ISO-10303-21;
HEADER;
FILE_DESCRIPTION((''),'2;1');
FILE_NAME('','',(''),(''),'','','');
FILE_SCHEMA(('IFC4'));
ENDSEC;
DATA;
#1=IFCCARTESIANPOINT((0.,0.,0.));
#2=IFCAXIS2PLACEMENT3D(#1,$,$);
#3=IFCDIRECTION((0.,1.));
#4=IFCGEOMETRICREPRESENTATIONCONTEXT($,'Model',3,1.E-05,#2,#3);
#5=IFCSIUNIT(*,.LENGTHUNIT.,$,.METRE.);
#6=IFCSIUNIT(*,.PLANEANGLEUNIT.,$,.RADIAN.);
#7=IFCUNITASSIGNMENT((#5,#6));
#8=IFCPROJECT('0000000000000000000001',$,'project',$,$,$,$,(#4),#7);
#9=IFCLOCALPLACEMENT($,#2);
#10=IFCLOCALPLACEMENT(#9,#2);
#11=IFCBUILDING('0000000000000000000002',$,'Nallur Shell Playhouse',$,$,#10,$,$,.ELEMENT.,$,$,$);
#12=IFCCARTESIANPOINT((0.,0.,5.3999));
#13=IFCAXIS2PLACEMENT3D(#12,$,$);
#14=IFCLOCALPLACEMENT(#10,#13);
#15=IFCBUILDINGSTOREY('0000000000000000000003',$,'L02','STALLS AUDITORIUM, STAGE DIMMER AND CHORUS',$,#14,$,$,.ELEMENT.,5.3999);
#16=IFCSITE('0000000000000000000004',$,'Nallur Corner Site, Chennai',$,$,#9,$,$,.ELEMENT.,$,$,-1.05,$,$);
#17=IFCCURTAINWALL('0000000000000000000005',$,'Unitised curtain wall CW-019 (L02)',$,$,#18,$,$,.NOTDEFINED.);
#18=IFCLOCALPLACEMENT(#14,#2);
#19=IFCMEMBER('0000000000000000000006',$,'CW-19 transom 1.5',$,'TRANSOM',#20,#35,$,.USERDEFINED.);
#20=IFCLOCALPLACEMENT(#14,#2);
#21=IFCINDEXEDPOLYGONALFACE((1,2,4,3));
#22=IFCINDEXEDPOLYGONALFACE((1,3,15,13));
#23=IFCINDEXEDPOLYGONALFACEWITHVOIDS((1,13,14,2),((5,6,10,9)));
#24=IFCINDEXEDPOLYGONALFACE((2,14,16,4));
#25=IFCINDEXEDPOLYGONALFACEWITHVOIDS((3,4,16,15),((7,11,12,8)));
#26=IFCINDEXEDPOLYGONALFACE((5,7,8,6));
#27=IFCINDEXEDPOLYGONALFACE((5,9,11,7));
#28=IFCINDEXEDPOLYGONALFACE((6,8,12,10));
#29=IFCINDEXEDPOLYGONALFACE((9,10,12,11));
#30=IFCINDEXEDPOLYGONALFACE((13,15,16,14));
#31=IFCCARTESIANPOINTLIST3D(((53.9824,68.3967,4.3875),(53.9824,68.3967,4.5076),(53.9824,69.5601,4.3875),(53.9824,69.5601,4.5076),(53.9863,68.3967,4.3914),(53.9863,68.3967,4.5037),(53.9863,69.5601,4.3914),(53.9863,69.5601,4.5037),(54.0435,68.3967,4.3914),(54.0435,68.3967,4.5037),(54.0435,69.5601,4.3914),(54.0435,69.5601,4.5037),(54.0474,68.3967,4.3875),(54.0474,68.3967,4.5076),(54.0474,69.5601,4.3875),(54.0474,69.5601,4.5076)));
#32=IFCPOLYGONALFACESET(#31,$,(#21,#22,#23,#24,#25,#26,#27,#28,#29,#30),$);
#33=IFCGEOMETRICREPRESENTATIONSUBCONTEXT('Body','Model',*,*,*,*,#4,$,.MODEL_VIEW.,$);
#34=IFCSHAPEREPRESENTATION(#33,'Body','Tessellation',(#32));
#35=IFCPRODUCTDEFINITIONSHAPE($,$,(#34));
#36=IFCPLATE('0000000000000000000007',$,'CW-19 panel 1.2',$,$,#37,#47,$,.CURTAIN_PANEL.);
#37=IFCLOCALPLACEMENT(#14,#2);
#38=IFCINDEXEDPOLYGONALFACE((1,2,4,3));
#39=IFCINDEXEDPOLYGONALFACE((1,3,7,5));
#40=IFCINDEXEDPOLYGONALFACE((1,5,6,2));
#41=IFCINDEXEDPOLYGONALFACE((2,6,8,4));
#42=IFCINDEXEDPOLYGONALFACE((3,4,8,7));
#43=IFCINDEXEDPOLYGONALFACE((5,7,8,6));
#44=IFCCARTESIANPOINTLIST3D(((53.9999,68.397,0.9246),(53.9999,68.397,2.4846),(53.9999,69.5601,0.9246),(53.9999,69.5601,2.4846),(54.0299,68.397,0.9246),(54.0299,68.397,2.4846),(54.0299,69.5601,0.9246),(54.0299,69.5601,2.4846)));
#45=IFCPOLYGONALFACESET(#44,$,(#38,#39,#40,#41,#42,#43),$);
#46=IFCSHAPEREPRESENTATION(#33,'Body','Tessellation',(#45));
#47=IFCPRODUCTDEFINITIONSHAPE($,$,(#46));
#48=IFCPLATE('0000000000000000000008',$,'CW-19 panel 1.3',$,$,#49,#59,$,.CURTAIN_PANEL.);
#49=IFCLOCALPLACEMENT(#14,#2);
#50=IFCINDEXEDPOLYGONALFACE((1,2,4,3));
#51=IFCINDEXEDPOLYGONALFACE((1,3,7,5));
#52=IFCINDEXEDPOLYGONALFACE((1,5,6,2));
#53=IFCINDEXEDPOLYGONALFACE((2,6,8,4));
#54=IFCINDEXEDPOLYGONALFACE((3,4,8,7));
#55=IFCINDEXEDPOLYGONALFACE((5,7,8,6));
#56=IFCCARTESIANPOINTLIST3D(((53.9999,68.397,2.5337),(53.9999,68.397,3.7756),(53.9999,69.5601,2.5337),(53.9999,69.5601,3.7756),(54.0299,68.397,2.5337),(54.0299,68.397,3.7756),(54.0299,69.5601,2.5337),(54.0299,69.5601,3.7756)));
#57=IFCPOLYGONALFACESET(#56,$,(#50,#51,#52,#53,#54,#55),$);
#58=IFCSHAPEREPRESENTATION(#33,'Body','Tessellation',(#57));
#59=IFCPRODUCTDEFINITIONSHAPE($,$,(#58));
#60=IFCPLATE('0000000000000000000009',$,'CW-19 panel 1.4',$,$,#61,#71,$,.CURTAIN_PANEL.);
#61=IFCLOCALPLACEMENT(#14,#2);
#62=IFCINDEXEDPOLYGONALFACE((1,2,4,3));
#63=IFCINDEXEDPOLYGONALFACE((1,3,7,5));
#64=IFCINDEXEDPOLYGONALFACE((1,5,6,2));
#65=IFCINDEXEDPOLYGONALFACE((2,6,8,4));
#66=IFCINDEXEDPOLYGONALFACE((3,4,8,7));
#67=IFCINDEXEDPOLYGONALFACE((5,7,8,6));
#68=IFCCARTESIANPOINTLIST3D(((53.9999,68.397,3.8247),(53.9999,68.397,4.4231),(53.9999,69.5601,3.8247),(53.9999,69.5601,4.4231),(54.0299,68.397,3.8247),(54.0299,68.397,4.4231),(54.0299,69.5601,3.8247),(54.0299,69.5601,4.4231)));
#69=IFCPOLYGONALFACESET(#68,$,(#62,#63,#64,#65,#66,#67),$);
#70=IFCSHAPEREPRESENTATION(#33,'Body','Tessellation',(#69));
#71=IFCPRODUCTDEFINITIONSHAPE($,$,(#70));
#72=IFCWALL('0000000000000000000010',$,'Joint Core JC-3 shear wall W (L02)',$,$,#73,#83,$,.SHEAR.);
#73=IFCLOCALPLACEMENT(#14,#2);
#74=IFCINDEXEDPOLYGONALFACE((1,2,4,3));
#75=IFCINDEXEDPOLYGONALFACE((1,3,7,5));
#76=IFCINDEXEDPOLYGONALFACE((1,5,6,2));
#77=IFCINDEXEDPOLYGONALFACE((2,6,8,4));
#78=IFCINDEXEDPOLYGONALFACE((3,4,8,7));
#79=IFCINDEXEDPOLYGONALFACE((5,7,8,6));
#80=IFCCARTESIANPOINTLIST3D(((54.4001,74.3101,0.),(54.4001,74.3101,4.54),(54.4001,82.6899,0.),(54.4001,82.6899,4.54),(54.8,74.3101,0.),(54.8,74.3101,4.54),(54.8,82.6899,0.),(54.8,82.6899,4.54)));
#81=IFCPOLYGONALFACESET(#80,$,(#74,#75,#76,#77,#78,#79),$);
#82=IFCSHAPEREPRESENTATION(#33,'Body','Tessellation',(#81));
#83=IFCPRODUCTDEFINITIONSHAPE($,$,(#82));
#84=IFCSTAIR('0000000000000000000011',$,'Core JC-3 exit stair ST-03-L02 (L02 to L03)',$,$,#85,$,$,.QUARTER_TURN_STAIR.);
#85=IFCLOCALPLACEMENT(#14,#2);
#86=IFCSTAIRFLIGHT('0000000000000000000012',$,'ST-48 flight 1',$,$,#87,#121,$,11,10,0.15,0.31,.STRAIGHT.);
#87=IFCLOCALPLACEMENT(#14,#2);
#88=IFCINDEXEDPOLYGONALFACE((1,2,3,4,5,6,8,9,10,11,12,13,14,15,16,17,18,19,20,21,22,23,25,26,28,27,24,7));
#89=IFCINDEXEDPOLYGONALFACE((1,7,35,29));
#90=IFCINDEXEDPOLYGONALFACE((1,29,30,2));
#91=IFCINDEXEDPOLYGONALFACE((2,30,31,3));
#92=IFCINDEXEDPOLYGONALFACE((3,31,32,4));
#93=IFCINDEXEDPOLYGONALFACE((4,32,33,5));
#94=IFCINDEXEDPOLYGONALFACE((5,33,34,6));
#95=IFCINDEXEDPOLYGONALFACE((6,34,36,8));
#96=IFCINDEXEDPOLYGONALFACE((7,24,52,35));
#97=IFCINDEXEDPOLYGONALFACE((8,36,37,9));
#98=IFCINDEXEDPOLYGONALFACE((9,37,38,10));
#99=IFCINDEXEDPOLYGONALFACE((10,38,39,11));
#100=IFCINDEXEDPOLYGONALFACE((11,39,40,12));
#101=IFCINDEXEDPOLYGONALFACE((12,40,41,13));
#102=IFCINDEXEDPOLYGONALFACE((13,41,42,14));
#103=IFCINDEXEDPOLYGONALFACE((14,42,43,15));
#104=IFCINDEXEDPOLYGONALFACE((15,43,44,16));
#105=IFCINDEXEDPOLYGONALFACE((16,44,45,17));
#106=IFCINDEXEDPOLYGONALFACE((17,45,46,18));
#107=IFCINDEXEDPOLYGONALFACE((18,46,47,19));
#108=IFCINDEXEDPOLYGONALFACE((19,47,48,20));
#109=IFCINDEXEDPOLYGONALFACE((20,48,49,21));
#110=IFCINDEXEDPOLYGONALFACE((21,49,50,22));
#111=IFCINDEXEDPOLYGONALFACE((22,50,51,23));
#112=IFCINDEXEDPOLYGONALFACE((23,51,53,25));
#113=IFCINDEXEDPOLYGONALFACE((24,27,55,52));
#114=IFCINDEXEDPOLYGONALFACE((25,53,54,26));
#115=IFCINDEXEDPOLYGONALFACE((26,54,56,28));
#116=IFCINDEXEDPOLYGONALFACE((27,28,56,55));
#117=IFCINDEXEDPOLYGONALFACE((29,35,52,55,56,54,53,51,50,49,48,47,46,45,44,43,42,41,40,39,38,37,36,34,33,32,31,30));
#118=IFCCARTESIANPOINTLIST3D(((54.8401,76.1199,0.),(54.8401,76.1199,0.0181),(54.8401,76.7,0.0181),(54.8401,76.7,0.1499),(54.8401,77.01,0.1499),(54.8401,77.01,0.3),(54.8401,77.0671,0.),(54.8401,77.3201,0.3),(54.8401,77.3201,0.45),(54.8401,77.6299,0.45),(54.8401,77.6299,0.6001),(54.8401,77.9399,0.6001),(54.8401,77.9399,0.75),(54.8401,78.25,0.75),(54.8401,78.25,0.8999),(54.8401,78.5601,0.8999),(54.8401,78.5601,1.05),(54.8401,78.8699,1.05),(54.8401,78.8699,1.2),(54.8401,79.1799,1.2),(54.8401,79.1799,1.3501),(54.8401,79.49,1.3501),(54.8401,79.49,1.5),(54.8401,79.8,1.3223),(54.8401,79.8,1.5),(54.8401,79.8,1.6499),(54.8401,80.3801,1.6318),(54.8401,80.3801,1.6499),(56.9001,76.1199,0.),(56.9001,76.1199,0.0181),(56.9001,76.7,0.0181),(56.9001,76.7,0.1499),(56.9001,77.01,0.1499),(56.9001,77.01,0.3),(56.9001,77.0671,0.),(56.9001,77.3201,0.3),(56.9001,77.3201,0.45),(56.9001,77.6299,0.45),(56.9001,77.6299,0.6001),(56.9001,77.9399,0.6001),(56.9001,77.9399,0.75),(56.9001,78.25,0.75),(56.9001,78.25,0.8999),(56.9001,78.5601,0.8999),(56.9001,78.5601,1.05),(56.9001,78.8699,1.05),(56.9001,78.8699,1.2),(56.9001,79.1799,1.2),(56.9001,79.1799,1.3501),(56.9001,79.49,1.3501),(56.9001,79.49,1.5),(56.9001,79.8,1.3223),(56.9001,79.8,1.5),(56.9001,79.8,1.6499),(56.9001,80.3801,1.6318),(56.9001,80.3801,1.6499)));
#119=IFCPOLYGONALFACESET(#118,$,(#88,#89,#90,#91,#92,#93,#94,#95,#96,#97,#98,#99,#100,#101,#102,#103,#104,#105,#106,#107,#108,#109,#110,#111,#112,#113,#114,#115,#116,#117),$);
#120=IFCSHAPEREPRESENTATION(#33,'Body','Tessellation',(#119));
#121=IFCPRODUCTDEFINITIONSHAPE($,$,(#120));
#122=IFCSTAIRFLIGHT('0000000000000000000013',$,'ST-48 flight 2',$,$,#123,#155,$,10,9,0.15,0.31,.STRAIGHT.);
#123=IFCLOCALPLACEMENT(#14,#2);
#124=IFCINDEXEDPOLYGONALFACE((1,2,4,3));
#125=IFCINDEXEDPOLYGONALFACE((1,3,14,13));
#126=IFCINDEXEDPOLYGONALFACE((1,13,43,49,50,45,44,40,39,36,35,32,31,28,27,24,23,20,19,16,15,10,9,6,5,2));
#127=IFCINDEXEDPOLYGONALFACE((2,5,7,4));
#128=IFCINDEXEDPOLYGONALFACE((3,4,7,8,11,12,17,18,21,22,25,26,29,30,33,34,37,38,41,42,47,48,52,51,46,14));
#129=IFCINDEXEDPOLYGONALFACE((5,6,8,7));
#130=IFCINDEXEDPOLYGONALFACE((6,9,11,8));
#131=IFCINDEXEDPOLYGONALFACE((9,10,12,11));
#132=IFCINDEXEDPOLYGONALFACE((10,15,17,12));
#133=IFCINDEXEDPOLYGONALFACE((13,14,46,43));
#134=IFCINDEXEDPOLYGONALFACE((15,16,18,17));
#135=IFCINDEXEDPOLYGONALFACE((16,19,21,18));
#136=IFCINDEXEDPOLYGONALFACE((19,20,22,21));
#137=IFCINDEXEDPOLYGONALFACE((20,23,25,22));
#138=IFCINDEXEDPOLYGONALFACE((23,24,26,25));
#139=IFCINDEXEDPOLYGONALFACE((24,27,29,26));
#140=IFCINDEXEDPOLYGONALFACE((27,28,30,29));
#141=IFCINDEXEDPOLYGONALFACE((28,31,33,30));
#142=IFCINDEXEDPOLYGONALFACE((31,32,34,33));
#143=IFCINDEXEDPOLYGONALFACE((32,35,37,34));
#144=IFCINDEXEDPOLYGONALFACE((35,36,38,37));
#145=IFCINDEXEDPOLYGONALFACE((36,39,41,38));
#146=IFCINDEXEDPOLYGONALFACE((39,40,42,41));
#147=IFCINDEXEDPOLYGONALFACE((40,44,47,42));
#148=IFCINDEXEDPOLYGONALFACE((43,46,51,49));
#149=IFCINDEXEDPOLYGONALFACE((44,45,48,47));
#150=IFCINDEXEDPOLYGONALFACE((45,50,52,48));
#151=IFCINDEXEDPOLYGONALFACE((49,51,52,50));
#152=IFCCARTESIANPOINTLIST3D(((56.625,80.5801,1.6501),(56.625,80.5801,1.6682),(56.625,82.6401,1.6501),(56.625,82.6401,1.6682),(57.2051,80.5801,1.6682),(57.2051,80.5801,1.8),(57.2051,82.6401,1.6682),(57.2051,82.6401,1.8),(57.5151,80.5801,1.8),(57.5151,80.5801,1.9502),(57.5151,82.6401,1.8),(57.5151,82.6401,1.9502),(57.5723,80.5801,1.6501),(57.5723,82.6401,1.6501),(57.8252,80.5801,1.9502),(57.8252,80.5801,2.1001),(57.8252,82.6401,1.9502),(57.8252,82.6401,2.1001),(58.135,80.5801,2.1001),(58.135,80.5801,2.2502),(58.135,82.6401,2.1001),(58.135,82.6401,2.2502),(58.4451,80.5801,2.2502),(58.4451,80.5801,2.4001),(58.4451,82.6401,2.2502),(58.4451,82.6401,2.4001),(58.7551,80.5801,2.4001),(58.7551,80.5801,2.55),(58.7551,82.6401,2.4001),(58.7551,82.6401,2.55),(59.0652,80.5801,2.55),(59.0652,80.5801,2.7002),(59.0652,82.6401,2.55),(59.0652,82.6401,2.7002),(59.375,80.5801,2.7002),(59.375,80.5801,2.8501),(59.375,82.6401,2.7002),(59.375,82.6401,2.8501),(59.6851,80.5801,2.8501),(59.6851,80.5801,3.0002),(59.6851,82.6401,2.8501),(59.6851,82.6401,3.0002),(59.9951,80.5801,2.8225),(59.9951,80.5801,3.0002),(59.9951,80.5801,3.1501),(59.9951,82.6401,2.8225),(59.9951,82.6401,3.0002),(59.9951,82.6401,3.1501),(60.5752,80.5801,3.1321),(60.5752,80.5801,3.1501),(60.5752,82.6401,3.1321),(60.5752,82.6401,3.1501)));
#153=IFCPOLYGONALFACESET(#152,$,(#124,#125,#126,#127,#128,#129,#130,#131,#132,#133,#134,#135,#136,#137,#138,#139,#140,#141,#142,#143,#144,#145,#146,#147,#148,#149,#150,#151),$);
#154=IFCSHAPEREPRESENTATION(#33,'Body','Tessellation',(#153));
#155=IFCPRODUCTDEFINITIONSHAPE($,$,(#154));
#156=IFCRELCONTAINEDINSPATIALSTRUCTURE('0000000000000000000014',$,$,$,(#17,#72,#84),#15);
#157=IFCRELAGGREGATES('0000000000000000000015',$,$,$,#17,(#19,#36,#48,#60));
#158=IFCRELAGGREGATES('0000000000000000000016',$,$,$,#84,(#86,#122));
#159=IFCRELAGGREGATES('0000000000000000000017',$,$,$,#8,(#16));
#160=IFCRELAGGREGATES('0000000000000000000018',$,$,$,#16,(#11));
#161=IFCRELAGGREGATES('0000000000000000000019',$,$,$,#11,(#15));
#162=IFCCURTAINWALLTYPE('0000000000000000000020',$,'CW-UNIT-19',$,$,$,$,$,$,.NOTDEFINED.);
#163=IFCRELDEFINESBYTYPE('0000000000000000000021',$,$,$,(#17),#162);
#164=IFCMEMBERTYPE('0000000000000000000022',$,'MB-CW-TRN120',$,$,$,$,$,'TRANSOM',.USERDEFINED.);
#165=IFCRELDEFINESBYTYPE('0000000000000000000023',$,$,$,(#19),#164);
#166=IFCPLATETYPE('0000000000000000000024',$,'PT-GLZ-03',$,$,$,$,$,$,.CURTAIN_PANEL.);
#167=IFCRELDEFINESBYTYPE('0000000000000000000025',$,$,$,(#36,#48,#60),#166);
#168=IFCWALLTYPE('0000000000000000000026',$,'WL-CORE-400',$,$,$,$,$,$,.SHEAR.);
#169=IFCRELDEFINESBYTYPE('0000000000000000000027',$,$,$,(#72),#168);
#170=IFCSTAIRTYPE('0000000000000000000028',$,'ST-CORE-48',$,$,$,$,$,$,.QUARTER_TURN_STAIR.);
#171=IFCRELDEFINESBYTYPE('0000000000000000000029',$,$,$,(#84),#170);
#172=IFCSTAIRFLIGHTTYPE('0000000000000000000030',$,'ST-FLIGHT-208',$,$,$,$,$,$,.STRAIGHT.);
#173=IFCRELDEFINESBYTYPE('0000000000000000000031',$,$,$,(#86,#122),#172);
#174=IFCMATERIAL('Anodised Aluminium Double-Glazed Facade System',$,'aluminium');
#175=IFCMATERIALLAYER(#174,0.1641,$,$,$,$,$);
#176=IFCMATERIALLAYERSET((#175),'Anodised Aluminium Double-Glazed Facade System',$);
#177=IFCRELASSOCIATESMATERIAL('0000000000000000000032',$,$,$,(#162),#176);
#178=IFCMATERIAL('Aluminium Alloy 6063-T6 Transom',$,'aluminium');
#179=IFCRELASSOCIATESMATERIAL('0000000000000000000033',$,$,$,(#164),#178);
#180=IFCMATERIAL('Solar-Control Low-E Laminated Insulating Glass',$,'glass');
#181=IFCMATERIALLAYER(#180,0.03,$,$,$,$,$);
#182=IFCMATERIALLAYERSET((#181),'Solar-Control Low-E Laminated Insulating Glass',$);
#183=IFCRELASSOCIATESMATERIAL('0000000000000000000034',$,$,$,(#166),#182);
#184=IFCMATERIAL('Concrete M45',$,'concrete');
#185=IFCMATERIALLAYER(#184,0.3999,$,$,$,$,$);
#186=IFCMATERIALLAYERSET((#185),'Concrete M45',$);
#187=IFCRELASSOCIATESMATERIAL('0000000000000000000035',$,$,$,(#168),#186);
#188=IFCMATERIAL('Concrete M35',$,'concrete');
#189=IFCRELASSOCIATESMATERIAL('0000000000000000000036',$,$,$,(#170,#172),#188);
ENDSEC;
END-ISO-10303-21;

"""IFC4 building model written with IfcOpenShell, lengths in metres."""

from ifc_helpers import new_model, si_unit, direction, frame, frame_2d, origin, origin_2d, place, context, subcontext, project, spatial, polyline, rectangle, hollow_rectangle, outline, extrude, material, layer, layer_set, material_profile, profile_set, type_object, element, aggregate, save


model = new_model("IFC4")

# Units and contexts
model_context = context("Model", 3, precision=1e-05, world=origin(), true_north=direction((0.0, 1.0)))
body_context = subcontext(model_context, "Body", "Model", "MODEL_VIEW")
ifc_project = project(units=[si_unit("LENGTHUNIT", "METRE"), si_unit("PLANEANGLEUNIT", "RADIAN")], contexts=[model_context])

# Site, building, storey
site_placement = place(None, origin())
site = spatial("IfcSite", under=ifc_project, at=site_placement, Name="Nallur Corner Site, Chennai", CompositionType="ELEMENT", RefElevation=-1.05)
building_placement = place(site_placement, origin())
building = spatial("IfcBuilding", under=site, at=building_placement, Name="Nallur Shell Playhouse", CompositionType="ELEMENT")
storey_placement = place(building_placement, frame((0.0, 0.0, 5.3999)))
storey = spatial("IfcBuildingStorey", under=building, at=storey_placement, Name="L02", Description="STALLS AUDITORIUM, STAGE DIMMER AND CHORUS", CompositionType="ELEMENT", Elevation=5.3999)

# Shared definitions
ifc_material_1 = material(Name="Concrete M35", Category="concrete")

# Curtain wall
ifc_material_2 = material(Name="Anodised Aluminium Double-Glazed Facade System", Category="aluminium")
ifc_layer_1 = layer(ifc_material_2, 0.1641)
ifc_layer_set_1 = layer_set([ifc_layer_1], Name="Anodised Aluminium Double-Glazed Facade System")
curtain_wall_type_1 = type_object("IfcCurtainWallType", Name="CW-UNIT-19", PredefinedType="NOTDEFINED", material=ifc_layer_set_1)
curtain_wall_1_placement = place(storey_placement, origin())
curtain_wall_1 = element("IfcCurtainWall", 1, at=curtain_wall_1_placement, inside=storey, type_object=curtain_wall_type_1, Name="Unitised curtain wall CW-019 (L02)", PredefinedType="NOTDEFINED")

# Member
ifc_material_3 = material(Name="Aluminium Alloy 6063-T6 Transom", Category="aluminium")
ifc_material_profile_1 = material_profile(ifc_material_3, hollow_rectangle(XDim=0.0649, YDim=0.1201, WallThickness=0.0039, at=origin_2d()), Name="ALU 65x120x4")
ifc_profile_set_1 = profile_set([ifc_material_profile_1], Name="Aluminium Alloy 6063-T6 Transom")
member_type_1 = type_object("IfcMemberType", Name="MB-CW-TRN120", ElementType="TRANSOM", PredefinedType="USERDEFINED", material=ifc_profile_set_1)
member_1_placement = place(storey_placement, frame((54.0149, 69.5601, 4.4475), z_axis=(0.0, -1.0, 0.0), x_axis=(1.0, 0.0, 0.0)))
member_1 = element("IfcMember", 2, at=member_1_placement, type_object=member_type_1, Name="CW-19 transom 1.5", ObjectType="TRANSOM", PredefinedType="USERDEFINED", context=body_context, shape_type="SweptSolid", body=[
    extrude(hollow_rectangle(XDim=0.0649, YDim=0.1201, WallThickness=0.0039, at=origin_2d()), origin(), (0.0, 0.0, 1.0), 1.1633),
])

# Plates
ifc_material_4 = material(Name="Solar-Control Low-E Laminated Insulating Glass", Category="glass")
ifc_layer_2 = layer(ifc_material_4, 0.03)
ifc_layer_set_2 = layer_set([ifc_layer_2], Name="Solar-Control Low-E Laminated Insulating Glass")
plate_type = type_object("IfcPlateType", Name="PT-GLZ-03", PredefinedType="CURTAIN_PANEL", material=ifc_layer_set_2)
plate_1_placement = place(storey_placement, frame((54.0149, 68.9785, 0.9246), z_axis=(0.0, 0.0, 1.0), x_axis=(0.0, -1.0, 0.0)))
plate_1 = element("IfcPlate", 3, at=plate_1_placement, type_object=plate_type, Name="CW-19 panel 1.2", PredefinedType="CURTAIN_PANEL", context=body_context, shape_type="SweptSolid", body=[
    extrude(rectangle(XDim=1.1631, YDim=0.03, at=origin_2d()), origin(), (0.0, 0.0, 1.0), 1.5601),
])
plate_2_placement = place(storey_placement, frame((54.0149, 68.9785, 2.5337), z_axis=(0.0, 0.0, 1.0), x_axis=(0.0, -1.0, 0.0)))
plate_2 = element("IfcPlate", 4, at=plate_2_placement, type_object=plate_type, Name="CW-19 panel 1.3", PredefinedType="CURTAIN_PANEL", context=body_context, shape_type="SweptSolid", body=[
    extrude(rectangle(XDim=1.1631, YDim=0.03, at=origin_2d()), origin(), (0.0, 0.0, 1.0), 1.2419),
])
plate_3_placement = place(storey_placement, frame((54.0149, 68.9785, 3.8247), z_axis=(0.0, 0.0, 1.0), x_axis=(0.0, -1.0, 0.0)))
plate_3 = element("IfcPlate", 5, at=plate_3_placement, type_object=plate_type, Name="CW-19 panel 1.4", PredefinedType="CURTAIN_PANEL", context=body_context, shape_type="SweptSolid", body=[
    extrude(rectangle(XDim=1.1631, YDim=0.03, at=origin_2d()), origin(), (0.0, 0.0, 1.0), 0.5984),
])
aggregate(curtain_wall_1, [member_1, plate_1, plate_2, plate_3])

# Shared definitions
ifc_material_5 = material(Name="Concrete M45", Category="concrete")
ifc_layer_3 = layer(ifc_material_5, 0.3999)
ifc_layer_set_3 = layer_set([ifc_layer_3], Name="Concrete M45")
wall_type = type_object("IfcWallType", Name="WL-CORE-400", PredefinedType="SHEAR", material=ifc_layer_set_3)

# Wall
wall_1_placement = place(storey_placement, frame((54.6001, 82.6899, 0.0), z_axis=(0.0, 0.0, 1.0), x_axis=(0.0, -1.0, 0.0)))
element("IfcWall", 6, at=wall_1_placement, inside=storey, type_object=wall_type, Name="Joint Core JC-3 shear wall W (L02)", PredefinedType="SHEAR", context=body_context, shape_type="SweptSolid", body=[
    extrude(rectangle(XDim=8.3799, YDim=0.3999, at=frame_2d((4.1899, 0.0))), origin(), (0.0, 0.0, 1.0), 4.54),
])

# Stair, stair flights
stair_type = type_object("IfcStairType", Name="ST-CORE-48", PredefinedType="QUARTER_TURN_STAIR", material=ifc_material_1)
stair_placement = place(storey_placement, origin())
stair = element("IfcStair", 7, at=stair_placement, inside=storey, type_object=stair_type, Name="Core JC-3 exit stair ST-03-L02 (L02 to L03)", PredefinedType="QUARTER_TURN_STAIR")
stair_flight_type = type_object("IfcStairFlightType", Name="ST-FLIGHT-208", PredefinedType="STRAIGHT", material=ifc_material_1)
stair_flight_1_placement = place(storey_placement, frame((55.8701, 76.7, 0.0), z_axis=(0.0, 0.0, 1.0), x_axis=(0.0, 1.0, 0.0)))
stair_flight_1 = element("IfcStairFlight", 8, at=stair_flight_1_placement, type_object=stair_flight_type, Name="ST-48 flight 1", NumberOfRisers=11, NumberOfTreads=10, PredefinedType="STRAIGHT", RiserHeight=0.15, TreadLength=0.31, context=body_context, shape_type="SweptSolid", body=[
    extrude(outline(polyline([(-0.5801, 0.0), (-0.5801, 0.0181), (0.0, 0.0181), (0.0, 0.1499), (0.3101, 0.1499), (0.3101, 0.3), (0.6201, 0.3), (0.6201, 0.45), (0.9299, 0.45), (0.9299, 0.6001), (1.24, 0.6001), (1.24, 0.75), (1.55, 0.75), (1.55, 0.8999), (1.8601, 0.8999), (1.8601, 1.05), (2.1699, 1.05), (2.1699, 1.2), (2.48, 1.2), (2.48, 1.3501), (2.79, 1.3501), (2.79, 1.5), (3.1001, 1.5), (3.1001, 1.6499), (3.6802, 1.6499), (3.6802, 1.6318), (3.1001, 1.3223), (0.3672, 0.0), (-0.5801, 0.0)])), frame((0.0, 1.03, 0.0), z_axis=(0.0, -1.0, 0.0), x_axis=(1.0, 0.0, 0.0)), (0.0, 0.0, 1.0), 2.0601),
])
stair_flight_2_placement = place(storey_placement, frame((57.2051, 81.6101, 1.6501), z_axis=(0.0, 0.0, 1.0), x_axis=(1.0, 0.0, 0.0)))
stair_flight_2 = element("IfcStairFlight", 9, at=stair_flight_2_placement, type_object=stair_flight_type, Name="ST-48 flight 2", NumberOfRisers=10, NumberOfTreads=9, PredefinedType="STRAIGHT", RiserHeight=0.15, TreadLength=0.31, context=body_context, shape_type="SweptSolid", body=[
    extrude(outline(polyline([(-0.5801, 0.0), (-0.5801, 0.0181), (0.0, 0.0181), (0.0, 0.1499), (0.3101, 0.1499), (0.3101, 0.3), (0.6201, 0.3), (0.6201, 0.45), (0.9299, 0.45), (0.9299, 0.6001), (1.24, 0.6001), (1.24, 0.75), (1.55, 0.75), (1.55, 0.8999), (1.8601, 0.8999), (1.8601, 1.05), (2.1699, 1.05), (2.1699, 1.2), (2.48, 1.2), (2.48, 1.3501), (2.79, 1.3501), (2.79, 1.5), (3.3701, 1.5), (3.3701, 1.4819), (2.79, 1.1724), (0.3672, 0.0), (-0.5801, 0.0)])), frame((0.0, 1.03, 0.0), z_axis=(0.0, -1.0, 0.0), x_axis=(1.0, 0.0, 0.0)), (0.0, 0.0, 1.0), 2.0601),
])
aggregate(stair, [stair_flight_1, stair_flight_2])

save(model, "model.ifc")
